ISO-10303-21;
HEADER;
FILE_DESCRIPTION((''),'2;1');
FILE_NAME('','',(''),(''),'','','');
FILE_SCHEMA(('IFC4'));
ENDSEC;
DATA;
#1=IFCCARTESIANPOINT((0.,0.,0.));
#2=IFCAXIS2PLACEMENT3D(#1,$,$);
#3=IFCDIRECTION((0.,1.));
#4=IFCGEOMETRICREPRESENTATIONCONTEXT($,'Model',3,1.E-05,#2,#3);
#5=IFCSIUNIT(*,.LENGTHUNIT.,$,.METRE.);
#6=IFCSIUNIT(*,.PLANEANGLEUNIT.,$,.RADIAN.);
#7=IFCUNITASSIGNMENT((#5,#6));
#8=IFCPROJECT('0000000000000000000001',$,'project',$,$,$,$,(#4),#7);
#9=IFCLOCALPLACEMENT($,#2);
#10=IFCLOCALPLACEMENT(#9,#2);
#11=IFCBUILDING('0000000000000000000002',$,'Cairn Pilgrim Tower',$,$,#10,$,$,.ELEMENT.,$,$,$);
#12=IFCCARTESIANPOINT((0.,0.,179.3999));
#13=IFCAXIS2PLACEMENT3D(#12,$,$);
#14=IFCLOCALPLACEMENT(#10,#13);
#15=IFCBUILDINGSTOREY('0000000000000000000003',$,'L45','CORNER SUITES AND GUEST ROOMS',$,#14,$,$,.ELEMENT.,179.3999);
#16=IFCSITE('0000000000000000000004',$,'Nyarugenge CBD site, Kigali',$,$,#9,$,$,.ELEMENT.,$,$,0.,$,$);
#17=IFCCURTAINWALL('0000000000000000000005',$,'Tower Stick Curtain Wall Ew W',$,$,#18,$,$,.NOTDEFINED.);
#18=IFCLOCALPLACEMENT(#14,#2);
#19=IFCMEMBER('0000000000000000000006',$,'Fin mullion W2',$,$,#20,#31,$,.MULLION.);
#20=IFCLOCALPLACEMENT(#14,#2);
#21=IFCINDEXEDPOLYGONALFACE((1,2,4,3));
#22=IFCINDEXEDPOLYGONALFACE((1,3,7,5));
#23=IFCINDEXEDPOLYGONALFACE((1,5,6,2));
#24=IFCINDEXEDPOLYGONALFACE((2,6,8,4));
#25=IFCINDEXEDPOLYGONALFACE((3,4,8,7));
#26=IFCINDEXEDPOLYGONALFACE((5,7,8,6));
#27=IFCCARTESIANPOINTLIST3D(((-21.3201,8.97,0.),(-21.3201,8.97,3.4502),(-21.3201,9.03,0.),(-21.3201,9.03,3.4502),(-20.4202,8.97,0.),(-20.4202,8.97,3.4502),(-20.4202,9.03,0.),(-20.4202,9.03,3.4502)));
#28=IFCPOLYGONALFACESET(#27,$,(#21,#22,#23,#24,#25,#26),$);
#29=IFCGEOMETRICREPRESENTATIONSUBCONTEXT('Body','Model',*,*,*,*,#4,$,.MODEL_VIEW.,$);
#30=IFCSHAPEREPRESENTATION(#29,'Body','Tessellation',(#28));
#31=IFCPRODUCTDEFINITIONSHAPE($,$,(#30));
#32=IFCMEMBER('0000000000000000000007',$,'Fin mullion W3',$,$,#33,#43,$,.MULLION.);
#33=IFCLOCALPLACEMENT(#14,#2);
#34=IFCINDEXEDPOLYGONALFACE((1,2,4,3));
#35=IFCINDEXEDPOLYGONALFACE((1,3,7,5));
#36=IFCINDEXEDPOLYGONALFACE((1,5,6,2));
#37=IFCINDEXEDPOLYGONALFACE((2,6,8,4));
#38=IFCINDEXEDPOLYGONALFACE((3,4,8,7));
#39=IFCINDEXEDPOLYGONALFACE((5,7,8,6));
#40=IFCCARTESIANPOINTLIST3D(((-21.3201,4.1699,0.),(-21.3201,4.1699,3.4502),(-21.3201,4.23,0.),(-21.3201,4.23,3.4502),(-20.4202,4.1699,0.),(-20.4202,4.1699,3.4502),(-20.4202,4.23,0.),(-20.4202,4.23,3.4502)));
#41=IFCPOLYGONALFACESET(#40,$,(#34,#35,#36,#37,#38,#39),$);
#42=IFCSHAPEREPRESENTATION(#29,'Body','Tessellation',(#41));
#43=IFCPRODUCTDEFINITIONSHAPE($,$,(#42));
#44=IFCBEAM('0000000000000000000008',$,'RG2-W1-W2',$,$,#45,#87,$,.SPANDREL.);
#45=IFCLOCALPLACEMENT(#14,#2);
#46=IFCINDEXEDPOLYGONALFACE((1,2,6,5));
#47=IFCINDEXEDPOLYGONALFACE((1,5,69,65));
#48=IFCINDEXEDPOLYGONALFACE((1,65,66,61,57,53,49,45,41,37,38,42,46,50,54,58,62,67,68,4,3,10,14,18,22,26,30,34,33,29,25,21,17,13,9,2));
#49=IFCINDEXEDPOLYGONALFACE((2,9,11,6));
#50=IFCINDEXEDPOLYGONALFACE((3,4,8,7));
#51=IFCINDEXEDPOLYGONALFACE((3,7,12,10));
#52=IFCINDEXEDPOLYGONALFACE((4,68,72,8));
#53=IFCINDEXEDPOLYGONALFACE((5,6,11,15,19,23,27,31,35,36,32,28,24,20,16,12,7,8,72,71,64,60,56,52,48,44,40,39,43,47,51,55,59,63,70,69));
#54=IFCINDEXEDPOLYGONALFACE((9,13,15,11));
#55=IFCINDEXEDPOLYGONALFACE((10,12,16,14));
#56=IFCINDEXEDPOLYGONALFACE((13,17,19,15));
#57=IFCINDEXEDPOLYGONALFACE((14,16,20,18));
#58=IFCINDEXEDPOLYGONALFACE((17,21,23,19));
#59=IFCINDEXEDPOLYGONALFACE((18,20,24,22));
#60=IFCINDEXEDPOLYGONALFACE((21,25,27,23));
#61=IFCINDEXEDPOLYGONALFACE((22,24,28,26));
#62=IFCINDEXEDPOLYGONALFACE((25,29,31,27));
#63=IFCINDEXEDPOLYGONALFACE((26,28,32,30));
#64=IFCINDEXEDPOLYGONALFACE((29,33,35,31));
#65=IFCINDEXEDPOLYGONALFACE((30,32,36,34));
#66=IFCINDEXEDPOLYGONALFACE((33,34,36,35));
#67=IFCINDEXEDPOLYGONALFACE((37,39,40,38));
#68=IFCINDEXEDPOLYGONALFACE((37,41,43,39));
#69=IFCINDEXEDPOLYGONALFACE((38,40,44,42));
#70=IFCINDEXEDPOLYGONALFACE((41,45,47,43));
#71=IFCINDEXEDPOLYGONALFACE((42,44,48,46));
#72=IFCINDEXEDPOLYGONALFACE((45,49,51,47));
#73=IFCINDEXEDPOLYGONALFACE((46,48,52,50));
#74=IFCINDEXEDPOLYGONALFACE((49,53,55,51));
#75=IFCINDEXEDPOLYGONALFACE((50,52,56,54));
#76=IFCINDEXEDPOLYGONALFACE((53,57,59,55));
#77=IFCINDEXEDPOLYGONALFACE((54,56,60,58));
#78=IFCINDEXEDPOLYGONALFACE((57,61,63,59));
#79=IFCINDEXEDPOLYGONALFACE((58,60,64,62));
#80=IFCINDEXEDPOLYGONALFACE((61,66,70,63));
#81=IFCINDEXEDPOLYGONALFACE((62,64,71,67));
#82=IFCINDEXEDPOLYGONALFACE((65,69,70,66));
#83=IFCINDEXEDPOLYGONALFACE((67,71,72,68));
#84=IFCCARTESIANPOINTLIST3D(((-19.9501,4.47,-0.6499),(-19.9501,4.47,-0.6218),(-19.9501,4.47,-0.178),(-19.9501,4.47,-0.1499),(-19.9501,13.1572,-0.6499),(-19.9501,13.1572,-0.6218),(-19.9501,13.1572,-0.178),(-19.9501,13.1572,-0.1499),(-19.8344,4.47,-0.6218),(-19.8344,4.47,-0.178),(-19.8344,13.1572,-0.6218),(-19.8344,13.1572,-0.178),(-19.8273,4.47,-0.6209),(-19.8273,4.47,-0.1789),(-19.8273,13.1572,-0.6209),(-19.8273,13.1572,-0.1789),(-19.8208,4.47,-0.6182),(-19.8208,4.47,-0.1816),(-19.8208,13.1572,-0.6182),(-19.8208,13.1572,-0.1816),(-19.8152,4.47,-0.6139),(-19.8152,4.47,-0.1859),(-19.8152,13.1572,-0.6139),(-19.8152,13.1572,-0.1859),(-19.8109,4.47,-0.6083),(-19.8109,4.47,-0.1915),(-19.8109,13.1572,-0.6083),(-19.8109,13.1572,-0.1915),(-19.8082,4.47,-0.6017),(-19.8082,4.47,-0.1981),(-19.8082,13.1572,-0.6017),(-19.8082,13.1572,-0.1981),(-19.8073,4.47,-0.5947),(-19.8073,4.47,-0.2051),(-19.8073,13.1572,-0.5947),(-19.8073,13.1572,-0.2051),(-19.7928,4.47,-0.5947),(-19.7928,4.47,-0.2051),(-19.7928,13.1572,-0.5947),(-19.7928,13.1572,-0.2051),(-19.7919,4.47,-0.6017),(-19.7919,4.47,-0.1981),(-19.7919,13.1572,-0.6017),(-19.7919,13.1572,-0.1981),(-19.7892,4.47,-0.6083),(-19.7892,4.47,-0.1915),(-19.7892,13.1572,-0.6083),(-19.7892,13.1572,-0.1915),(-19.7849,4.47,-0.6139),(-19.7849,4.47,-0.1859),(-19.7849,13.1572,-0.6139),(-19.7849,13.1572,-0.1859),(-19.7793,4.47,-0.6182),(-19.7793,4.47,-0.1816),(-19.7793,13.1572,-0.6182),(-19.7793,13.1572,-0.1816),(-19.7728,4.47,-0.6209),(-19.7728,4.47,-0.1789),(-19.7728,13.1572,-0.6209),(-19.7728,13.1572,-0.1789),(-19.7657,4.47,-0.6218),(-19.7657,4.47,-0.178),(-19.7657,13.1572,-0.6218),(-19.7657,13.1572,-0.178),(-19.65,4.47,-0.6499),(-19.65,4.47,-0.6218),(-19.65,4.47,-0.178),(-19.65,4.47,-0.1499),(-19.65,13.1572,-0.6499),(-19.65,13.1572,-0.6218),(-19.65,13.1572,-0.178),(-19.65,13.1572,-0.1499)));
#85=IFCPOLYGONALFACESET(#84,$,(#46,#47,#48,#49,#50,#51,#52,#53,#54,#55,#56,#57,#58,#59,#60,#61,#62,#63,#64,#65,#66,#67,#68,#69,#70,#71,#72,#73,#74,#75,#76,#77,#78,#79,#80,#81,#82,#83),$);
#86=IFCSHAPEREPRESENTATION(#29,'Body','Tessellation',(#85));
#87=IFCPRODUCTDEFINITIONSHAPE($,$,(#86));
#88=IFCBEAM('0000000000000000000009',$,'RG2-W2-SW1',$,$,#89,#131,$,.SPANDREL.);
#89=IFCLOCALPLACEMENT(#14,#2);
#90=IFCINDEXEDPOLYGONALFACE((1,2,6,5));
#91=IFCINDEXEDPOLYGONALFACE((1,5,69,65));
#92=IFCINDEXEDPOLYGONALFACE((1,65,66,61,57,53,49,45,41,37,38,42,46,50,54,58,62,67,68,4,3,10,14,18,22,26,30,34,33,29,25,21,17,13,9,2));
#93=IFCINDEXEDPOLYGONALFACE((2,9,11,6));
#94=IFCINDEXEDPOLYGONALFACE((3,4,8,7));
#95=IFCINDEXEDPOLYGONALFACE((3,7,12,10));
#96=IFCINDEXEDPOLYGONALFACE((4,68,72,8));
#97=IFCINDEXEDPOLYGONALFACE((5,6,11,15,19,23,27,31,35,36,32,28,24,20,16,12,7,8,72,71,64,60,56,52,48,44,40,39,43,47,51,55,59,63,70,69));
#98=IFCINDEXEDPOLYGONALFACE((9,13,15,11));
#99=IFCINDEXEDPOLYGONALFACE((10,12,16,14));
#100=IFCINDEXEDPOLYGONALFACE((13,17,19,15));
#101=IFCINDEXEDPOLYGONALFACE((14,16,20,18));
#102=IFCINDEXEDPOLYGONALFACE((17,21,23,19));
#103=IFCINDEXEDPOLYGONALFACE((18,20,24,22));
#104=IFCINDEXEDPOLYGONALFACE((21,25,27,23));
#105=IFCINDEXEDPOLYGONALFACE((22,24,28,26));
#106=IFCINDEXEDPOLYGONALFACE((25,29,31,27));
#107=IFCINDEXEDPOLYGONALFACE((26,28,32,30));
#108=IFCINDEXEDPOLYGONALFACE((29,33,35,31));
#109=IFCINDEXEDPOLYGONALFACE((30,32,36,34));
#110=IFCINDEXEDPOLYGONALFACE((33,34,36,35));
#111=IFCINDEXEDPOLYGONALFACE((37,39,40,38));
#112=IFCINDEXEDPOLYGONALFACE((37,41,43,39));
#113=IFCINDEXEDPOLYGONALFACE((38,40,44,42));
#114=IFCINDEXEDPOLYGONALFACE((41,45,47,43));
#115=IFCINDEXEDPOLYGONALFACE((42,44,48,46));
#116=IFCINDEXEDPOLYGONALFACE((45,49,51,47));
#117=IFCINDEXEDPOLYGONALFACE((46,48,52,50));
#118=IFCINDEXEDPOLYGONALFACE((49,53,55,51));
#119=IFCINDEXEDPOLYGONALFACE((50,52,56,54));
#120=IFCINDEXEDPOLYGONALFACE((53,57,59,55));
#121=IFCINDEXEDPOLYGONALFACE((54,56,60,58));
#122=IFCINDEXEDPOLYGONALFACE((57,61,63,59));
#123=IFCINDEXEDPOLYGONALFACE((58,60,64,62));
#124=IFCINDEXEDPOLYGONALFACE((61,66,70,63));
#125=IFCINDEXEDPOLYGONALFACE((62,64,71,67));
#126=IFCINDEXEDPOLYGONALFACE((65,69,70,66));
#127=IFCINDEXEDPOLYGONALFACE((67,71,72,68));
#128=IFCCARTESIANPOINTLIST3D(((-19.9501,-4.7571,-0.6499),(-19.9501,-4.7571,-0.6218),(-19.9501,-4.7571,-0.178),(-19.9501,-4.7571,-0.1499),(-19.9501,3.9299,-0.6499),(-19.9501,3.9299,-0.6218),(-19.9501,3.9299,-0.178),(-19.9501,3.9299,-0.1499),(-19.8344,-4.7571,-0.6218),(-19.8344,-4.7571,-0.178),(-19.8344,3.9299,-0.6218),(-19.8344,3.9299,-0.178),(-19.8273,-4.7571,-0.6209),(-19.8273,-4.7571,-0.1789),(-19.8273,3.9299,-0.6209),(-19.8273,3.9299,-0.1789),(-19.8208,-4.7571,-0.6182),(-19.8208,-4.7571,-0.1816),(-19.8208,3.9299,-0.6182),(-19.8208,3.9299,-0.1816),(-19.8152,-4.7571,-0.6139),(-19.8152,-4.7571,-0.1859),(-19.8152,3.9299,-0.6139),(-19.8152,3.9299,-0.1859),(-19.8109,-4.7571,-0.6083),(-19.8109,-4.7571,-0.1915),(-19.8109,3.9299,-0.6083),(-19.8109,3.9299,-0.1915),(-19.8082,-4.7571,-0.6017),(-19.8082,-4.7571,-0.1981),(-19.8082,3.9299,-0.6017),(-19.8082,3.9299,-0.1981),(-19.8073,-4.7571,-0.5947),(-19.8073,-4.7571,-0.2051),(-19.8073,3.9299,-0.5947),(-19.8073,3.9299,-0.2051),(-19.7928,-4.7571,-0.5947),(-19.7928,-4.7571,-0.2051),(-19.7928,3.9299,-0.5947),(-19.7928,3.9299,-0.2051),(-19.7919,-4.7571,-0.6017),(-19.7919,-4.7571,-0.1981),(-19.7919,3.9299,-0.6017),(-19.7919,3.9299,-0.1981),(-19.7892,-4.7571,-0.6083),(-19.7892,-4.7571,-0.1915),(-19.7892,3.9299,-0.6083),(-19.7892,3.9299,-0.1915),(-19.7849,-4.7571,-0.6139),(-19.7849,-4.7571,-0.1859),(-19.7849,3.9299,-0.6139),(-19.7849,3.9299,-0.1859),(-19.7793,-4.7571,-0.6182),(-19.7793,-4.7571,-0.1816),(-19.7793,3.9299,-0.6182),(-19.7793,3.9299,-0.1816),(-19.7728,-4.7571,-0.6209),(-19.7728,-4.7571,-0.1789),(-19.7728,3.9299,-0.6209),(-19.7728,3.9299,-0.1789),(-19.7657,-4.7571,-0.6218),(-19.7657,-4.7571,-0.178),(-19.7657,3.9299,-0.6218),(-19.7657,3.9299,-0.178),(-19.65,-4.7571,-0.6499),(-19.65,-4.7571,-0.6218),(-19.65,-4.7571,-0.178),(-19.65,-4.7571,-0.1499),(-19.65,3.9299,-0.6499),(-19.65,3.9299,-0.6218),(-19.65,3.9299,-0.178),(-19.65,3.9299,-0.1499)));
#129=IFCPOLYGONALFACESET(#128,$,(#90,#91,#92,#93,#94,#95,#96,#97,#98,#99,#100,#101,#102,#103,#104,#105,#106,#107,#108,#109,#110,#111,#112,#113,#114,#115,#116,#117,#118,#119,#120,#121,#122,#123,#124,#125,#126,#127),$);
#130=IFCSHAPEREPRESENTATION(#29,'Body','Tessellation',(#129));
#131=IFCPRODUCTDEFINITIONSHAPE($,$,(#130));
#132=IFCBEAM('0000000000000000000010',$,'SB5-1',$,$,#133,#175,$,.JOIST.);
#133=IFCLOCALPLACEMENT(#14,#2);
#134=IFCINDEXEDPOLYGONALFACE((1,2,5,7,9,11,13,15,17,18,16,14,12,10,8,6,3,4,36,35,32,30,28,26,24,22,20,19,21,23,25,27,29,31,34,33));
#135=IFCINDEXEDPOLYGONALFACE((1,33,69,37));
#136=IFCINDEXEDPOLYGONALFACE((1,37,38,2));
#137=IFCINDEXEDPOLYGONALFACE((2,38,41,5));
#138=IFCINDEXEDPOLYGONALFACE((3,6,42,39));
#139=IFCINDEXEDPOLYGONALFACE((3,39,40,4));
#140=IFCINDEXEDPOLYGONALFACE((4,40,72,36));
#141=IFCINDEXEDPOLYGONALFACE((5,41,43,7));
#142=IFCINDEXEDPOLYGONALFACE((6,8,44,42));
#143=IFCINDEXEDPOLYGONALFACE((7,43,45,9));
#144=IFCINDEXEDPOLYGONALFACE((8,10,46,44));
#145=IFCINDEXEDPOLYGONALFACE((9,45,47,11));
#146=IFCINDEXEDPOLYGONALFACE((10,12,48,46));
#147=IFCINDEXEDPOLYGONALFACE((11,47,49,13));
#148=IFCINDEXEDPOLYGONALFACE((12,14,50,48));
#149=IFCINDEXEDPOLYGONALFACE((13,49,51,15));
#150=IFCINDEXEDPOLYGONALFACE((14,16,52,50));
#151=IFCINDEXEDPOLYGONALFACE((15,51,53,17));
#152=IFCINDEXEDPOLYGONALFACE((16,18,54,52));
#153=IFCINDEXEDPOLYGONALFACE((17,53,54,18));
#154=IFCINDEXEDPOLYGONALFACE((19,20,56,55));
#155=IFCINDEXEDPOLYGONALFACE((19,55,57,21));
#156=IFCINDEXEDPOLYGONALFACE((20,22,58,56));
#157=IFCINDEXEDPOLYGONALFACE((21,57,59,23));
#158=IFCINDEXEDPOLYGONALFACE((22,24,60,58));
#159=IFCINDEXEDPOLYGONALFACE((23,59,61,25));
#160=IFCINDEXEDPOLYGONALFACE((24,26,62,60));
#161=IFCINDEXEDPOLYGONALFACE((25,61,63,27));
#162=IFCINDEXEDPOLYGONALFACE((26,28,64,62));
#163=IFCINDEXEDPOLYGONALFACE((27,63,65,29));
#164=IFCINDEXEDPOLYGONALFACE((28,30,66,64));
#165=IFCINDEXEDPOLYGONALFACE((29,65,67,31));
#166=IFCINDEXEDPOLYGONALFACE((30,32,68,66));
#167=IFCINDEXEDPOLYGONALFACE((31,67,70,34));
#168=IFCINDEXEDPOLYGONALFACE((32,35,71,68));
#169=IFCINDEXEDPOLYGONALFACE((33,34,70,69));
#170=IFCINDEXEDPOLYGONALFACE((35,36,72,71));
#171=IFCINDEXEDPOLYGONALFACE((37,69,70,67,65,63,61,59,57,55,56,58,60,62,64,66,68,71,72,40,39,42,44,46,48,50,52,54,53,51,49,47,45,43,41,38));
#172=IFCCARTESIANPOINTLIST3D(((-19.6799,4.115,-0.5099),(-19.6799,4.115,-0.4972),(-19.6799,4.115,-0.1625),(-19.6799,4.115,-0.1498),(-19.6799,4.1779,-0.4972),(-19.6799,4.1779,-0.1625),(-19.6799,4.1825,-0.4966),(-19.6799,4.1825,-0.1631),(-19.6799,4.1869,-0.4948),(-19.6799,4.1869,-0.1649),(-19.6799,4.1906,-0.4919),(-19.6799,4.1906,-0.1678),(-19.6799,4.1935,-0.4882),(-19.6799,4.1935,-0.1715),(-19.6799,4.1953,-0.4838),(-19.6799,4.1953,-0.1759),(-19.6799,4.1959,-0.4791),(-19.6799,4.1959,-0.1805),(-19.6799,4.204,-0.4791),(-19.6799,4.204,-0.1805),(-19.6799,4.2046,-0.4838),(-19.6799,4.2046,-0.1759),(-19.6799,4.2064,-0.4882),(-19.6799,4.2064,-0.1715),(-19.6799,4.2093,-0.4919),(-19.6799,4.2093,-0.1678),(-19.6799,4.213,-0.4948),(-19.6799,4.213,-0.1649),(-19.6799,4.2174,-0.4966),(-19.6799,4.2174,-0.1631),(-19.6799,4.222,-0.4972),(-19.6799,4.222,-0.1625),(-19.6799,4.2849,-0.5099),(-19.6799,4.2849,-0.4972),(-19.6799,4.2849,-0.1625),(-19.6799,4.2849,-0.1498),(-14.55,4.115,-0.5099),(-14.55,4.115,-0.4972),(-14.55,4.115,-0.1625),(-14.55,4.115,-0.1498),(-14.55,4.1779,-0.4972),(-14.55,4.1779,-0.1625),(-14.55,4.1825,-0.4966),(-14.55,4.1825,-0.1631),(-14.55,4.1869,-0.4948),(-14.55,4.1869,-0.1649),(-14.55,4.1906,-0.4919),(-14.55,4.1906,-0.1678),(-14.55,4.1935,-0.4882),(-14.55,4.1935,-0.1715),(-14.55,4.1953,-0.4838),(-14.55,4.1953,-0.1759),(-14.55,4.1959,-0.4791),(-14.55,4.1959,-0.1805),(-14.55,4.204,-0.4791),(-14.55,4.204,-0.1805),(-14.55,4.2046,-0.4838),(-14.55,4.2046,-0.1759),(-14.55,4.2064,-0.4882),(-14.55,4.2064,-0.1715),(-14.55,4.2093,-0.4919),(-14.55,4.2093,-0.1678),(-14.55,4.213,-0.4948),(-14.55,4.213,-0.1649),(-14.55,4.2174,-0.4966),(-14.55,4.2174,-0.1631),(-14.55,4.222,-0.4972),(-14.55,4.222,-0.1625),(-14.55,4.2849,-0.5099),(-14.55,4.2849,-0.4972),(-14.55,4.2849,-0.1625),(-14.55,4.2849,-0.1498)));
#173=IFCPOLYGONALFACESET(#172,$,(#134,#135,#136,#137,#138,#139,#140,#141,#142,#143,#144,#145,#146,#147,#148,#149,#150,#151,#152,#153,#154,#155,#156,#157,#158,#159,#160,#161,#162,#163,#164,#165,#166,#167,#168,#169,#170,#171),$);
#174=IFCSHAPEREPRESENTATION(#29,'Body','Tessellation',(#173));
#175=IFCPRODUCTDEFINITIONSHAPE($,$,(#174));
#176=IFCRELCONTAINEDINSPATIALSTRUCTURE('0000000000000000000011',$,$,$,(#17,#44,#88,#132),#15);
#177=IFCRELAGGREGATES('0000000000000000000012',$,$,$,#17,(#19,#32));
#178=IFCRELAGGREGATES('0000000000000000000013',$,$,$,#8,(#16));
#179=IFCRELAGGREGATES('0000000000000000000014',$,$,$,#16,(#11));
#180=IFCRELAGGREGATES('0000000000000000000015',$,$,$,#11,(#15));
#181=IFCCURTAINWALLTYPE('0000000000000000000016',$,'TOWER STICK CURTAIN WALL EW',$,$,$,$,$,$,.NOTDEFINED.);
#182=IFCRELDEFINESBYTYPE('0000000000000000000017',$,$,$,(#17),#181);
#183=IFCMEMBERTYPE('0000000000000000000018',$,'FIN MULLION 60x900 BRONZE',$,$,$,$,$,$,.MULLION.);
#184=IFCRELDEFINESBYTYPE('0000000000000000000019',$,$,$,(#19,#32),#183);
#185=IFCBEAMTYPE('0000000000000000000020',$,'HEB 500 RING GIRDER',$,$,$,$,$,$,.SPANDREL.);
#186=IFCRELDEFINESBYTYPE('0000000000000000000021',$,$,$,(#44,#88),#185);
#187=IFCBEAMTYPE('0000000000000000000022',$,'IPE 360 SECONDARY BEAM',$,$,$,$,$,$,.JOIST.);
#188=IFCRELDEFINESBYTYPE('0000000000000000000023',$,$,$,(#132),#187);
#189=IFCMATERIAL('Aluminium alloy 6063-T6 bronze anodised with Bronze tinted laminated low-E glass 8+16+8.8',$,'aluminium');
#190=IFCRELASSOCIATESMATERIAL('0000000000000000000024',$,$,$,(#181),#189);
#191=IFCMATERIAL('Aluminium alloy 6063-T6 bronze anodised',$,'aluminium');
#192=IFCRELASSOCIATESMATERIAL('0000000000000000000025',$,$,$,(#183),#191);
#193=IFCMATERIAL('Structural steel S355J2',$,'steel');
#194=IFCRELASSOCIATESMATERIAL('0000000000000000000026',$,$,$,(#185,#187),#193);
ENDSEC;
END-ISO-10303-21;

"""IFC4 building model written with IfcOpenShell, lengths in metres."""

from ifc_helpers import new_model, si_unit, direction, frame, origin, origin_2d, place, context, subcontext, project, spatial, rectangle, i_section, extrude, material, material_profile, profile_set, type_object, element, aggregate, save


model = new_model("IFC4")

# Units and contexts
model_context = context("Model", 3, precision=1e-05, world=origin(), true_north=direction((0.0, 1.0)))
body_context = subcontext(model_context, "Body", "Model", "MODEL_VIEW")
ifc_project = project(units=[si_unit("LENGTHUNIT", "METRE"), si_unit("PLANEANGLEUNIT", "RADIAN")], contexts=[model_context])

# Site, building, storey
site_placement = place(None, origin())
site = spatial("IfcSite", under=ifc_project, at=site_placement, Name="Nyarugenge CBD site, Kigali", CompositionType="ELEMENT", RefElevation=0.0)
building_placement = place(site_placement, origin())
building = spatial("IfcBuilding", under=site, at=building_placement, Name="Cairn Pilgrim Tower", CompositionType="ELEMENT")
storey_placement = place(building_placement, frame((0.0, 0.0, 179.3999)))
storey = spatial("IfcBuildingStorey", under=building, at=storey_placement, Name="L45", Description="CORNER SUITES AND GUEST ROOMS", CompositionType="ELEMENT", Elevation=179.3999)

# Curtain wall, members
ifc_material_1 = material(Name="Aluminium alloy 6063-T6 bronze anodised with Bronze tinted laminated low-E glass 8+16+8.8", Category="aluminium")
curtain_wall_type = type_object("IfcCurtainWallType", Name="TOWER STICK CURTAIN WALL EW", PredefinedType="NOTDEFINED", material=ifc_material_1)
curtain_wall_placement = place(storey_placement, origin())
curtain_wall = element("IfcCurtainWall", 1, at=curtain_wall_placement, inside=storey, type_object=curtain_wall_type, Name="Tower Stick Curtain Wall Ew W", PredefinedType="NOTDEFINED")
ifc_material_2 = material(Name="Aluminium alloy 6063-T6 bronze anodised", Category="aluminium")
ifc_material_profile_1 = material_profile(ifc_material_2, rectangle(XDim=0.8999, YDim=0.0601, at=origin_2d()), Name="FIN MULLION 60x900 BRONZE")
ifc_profile_set_1 = profile_set([ifc_material_profile_1], Name="Aluminium alloy 6063-T6 bronze anodised")
member_type = type_object("IfcMemberType", Name="FIN MULLION 60x900 BRONZE", PredefinedType="MULLION", material=ifc_profile_set_1)
member_1_placement = place(storey_placement, frame((-20.8701, 9.0, 0.0), z_axis=(0.0, 0.0, 1.0), x_axis=(-1.0, 0.0, 0.0)))
member_1 = element("IfcMember", 2, at=member_1_placement, type_object=member_type, Name="Fin mullion W2", PredefinedType="MULLION", context=body_context, shape_type="SweptSolid", body=[
    extrude(rectangle(XDim=0.8999, YDim=0.0601, at=origin_2d()), origin(), (0.0, 0.0, 1.0), 3.4502),
])
member_2_placement = place(storey_placement, frame((-20.8701, 4.2, 0.0), z_axis=(0.0, 0.0, 1.0), x_axis=(-1.0, 0.0, 0.0)))
member_2 = element("IfcMember", 3, at=member_2_placement, type_object=member_type, Name="Fin mullion W3", PredefinedType="MULLION", context=body_context, shape_type="SweptSolid", body=[
    extrude(rectangle(XDim=0.8999, YDim=0.0601, at=origin_2d()), origin(), (0.0, 0.0, 1.0), 3.4502),
])

# Beams
ifc_material_3 = material(Name="Structural steel S355J2", Category="steel")
ifc_material_profile_2 = material_profile(ifc_material_3, i_section(OverallWidth=0.3, OverallDepth=0.5, WebThickness=0.0144, FlangeThickness=0.0281, FilletRadius=0.0271, at=origin_2d()), Name="HEB 500")
ifc_profile_set_2 = profile_set([ifc_material_profile_2], Name="Structural steel S355J2")
beam_type_1 = type_object("IfcBeamType", Name="HEB 500 RING GIRDER", PredefinedType="SPANDREL", material=ifc_profile_set_2)
beam_1_placement = place(storey_placement, frame((-19.8, 13.1572, -0.3999), z_axis=(0.0, -1.0, 0.0), x_axis=(1.0, 0.0, 0.0)))
element("IfcBeam", 4, at=beam_1_placement, inside=storey, type_object=beam_type_1, Name="RG2-W1-W2", PredefinedType="SPANDREL", context=body_context, shape_type="SweptSolid", body=[
    extrude(i_section(OverallWidth=0.3, OverallDepth=0.5, WebThickness=0.0144, FlangeThickness=0.0281, FilletRadius=0.0271, at=origin_2d()), origin(), (0.0, 0.0, 1.0), 8.6873),
])
beam_2_placement = place(storey_placement, frame((-19.8, 3.9299, -0.3999), z_axis=(0.0, -1.0, 0.0), x_axis=(1.0, 0.0, 0.0)))
element("IfcBeam", 5, at=beam_2_placement, inside=storey, type_object=beam_type_1, Name="RG2-W2-SW1", PredefinedType="SPANDREL", context=body_context, shape_type="SweptSolid", body=[
    extrude(i_section(OverallWidth=0.3, OverallDepth=0.5, WebThickness=0.0144, FlangeThickness=0.0281, FilletRadius=0.0271, at=origin_2d()), origin(), (0.0, 0.0, 1.0), 8.687),
])
ifc_material_profile_3 = material_profile(ifc_material_3, i_section(OverallWidth=0.1699, OverallDepth=0.3601, WebThickness=0.0081, FlangeThickness=0.0127, FilletRadius=0.0181, at=origin_2d()), Name="IPE 360")
ifc_profile_set_3 = profile_set([ifc_material_profile_3], Name="Structural steel S355J2")
beam_type_2 = type_object("IfcBeamType", Name="IPE 360 SECONDARY BEAM", PredefinedType="JOIST", material=ifc_profile_set_3)
for number, where, z_axis, x_axis, name in (
    (6, (-19.6799, 4.2, -0.3298), (1.0, 0.0, 0.0), (0.0, 1.0, 0.0), "SB5-1"),
):
    element("IfcBeam", number, at=place(storey_placement, frame(where, z_axis=z_axis, x_axis=x_axis)), inside=storey, type_object=beam_type_2, Name=name, PredefinedType="JOIST", context=body_context, shape_type="SweptSolid", body=[
        extrude(i_section(OverallWidth=0.1699, OverallDepth=0.3601, WebThickness=0.0081, FlangeThickness=0.0127, FilletRadius=0.0181, at=origin_2d()), origin(), (0.0, 0.0, 1.0), 5.1299),
    ])

aggregate(curtain_wall, [member_1, member_2])

save(model, "model.ifc")
